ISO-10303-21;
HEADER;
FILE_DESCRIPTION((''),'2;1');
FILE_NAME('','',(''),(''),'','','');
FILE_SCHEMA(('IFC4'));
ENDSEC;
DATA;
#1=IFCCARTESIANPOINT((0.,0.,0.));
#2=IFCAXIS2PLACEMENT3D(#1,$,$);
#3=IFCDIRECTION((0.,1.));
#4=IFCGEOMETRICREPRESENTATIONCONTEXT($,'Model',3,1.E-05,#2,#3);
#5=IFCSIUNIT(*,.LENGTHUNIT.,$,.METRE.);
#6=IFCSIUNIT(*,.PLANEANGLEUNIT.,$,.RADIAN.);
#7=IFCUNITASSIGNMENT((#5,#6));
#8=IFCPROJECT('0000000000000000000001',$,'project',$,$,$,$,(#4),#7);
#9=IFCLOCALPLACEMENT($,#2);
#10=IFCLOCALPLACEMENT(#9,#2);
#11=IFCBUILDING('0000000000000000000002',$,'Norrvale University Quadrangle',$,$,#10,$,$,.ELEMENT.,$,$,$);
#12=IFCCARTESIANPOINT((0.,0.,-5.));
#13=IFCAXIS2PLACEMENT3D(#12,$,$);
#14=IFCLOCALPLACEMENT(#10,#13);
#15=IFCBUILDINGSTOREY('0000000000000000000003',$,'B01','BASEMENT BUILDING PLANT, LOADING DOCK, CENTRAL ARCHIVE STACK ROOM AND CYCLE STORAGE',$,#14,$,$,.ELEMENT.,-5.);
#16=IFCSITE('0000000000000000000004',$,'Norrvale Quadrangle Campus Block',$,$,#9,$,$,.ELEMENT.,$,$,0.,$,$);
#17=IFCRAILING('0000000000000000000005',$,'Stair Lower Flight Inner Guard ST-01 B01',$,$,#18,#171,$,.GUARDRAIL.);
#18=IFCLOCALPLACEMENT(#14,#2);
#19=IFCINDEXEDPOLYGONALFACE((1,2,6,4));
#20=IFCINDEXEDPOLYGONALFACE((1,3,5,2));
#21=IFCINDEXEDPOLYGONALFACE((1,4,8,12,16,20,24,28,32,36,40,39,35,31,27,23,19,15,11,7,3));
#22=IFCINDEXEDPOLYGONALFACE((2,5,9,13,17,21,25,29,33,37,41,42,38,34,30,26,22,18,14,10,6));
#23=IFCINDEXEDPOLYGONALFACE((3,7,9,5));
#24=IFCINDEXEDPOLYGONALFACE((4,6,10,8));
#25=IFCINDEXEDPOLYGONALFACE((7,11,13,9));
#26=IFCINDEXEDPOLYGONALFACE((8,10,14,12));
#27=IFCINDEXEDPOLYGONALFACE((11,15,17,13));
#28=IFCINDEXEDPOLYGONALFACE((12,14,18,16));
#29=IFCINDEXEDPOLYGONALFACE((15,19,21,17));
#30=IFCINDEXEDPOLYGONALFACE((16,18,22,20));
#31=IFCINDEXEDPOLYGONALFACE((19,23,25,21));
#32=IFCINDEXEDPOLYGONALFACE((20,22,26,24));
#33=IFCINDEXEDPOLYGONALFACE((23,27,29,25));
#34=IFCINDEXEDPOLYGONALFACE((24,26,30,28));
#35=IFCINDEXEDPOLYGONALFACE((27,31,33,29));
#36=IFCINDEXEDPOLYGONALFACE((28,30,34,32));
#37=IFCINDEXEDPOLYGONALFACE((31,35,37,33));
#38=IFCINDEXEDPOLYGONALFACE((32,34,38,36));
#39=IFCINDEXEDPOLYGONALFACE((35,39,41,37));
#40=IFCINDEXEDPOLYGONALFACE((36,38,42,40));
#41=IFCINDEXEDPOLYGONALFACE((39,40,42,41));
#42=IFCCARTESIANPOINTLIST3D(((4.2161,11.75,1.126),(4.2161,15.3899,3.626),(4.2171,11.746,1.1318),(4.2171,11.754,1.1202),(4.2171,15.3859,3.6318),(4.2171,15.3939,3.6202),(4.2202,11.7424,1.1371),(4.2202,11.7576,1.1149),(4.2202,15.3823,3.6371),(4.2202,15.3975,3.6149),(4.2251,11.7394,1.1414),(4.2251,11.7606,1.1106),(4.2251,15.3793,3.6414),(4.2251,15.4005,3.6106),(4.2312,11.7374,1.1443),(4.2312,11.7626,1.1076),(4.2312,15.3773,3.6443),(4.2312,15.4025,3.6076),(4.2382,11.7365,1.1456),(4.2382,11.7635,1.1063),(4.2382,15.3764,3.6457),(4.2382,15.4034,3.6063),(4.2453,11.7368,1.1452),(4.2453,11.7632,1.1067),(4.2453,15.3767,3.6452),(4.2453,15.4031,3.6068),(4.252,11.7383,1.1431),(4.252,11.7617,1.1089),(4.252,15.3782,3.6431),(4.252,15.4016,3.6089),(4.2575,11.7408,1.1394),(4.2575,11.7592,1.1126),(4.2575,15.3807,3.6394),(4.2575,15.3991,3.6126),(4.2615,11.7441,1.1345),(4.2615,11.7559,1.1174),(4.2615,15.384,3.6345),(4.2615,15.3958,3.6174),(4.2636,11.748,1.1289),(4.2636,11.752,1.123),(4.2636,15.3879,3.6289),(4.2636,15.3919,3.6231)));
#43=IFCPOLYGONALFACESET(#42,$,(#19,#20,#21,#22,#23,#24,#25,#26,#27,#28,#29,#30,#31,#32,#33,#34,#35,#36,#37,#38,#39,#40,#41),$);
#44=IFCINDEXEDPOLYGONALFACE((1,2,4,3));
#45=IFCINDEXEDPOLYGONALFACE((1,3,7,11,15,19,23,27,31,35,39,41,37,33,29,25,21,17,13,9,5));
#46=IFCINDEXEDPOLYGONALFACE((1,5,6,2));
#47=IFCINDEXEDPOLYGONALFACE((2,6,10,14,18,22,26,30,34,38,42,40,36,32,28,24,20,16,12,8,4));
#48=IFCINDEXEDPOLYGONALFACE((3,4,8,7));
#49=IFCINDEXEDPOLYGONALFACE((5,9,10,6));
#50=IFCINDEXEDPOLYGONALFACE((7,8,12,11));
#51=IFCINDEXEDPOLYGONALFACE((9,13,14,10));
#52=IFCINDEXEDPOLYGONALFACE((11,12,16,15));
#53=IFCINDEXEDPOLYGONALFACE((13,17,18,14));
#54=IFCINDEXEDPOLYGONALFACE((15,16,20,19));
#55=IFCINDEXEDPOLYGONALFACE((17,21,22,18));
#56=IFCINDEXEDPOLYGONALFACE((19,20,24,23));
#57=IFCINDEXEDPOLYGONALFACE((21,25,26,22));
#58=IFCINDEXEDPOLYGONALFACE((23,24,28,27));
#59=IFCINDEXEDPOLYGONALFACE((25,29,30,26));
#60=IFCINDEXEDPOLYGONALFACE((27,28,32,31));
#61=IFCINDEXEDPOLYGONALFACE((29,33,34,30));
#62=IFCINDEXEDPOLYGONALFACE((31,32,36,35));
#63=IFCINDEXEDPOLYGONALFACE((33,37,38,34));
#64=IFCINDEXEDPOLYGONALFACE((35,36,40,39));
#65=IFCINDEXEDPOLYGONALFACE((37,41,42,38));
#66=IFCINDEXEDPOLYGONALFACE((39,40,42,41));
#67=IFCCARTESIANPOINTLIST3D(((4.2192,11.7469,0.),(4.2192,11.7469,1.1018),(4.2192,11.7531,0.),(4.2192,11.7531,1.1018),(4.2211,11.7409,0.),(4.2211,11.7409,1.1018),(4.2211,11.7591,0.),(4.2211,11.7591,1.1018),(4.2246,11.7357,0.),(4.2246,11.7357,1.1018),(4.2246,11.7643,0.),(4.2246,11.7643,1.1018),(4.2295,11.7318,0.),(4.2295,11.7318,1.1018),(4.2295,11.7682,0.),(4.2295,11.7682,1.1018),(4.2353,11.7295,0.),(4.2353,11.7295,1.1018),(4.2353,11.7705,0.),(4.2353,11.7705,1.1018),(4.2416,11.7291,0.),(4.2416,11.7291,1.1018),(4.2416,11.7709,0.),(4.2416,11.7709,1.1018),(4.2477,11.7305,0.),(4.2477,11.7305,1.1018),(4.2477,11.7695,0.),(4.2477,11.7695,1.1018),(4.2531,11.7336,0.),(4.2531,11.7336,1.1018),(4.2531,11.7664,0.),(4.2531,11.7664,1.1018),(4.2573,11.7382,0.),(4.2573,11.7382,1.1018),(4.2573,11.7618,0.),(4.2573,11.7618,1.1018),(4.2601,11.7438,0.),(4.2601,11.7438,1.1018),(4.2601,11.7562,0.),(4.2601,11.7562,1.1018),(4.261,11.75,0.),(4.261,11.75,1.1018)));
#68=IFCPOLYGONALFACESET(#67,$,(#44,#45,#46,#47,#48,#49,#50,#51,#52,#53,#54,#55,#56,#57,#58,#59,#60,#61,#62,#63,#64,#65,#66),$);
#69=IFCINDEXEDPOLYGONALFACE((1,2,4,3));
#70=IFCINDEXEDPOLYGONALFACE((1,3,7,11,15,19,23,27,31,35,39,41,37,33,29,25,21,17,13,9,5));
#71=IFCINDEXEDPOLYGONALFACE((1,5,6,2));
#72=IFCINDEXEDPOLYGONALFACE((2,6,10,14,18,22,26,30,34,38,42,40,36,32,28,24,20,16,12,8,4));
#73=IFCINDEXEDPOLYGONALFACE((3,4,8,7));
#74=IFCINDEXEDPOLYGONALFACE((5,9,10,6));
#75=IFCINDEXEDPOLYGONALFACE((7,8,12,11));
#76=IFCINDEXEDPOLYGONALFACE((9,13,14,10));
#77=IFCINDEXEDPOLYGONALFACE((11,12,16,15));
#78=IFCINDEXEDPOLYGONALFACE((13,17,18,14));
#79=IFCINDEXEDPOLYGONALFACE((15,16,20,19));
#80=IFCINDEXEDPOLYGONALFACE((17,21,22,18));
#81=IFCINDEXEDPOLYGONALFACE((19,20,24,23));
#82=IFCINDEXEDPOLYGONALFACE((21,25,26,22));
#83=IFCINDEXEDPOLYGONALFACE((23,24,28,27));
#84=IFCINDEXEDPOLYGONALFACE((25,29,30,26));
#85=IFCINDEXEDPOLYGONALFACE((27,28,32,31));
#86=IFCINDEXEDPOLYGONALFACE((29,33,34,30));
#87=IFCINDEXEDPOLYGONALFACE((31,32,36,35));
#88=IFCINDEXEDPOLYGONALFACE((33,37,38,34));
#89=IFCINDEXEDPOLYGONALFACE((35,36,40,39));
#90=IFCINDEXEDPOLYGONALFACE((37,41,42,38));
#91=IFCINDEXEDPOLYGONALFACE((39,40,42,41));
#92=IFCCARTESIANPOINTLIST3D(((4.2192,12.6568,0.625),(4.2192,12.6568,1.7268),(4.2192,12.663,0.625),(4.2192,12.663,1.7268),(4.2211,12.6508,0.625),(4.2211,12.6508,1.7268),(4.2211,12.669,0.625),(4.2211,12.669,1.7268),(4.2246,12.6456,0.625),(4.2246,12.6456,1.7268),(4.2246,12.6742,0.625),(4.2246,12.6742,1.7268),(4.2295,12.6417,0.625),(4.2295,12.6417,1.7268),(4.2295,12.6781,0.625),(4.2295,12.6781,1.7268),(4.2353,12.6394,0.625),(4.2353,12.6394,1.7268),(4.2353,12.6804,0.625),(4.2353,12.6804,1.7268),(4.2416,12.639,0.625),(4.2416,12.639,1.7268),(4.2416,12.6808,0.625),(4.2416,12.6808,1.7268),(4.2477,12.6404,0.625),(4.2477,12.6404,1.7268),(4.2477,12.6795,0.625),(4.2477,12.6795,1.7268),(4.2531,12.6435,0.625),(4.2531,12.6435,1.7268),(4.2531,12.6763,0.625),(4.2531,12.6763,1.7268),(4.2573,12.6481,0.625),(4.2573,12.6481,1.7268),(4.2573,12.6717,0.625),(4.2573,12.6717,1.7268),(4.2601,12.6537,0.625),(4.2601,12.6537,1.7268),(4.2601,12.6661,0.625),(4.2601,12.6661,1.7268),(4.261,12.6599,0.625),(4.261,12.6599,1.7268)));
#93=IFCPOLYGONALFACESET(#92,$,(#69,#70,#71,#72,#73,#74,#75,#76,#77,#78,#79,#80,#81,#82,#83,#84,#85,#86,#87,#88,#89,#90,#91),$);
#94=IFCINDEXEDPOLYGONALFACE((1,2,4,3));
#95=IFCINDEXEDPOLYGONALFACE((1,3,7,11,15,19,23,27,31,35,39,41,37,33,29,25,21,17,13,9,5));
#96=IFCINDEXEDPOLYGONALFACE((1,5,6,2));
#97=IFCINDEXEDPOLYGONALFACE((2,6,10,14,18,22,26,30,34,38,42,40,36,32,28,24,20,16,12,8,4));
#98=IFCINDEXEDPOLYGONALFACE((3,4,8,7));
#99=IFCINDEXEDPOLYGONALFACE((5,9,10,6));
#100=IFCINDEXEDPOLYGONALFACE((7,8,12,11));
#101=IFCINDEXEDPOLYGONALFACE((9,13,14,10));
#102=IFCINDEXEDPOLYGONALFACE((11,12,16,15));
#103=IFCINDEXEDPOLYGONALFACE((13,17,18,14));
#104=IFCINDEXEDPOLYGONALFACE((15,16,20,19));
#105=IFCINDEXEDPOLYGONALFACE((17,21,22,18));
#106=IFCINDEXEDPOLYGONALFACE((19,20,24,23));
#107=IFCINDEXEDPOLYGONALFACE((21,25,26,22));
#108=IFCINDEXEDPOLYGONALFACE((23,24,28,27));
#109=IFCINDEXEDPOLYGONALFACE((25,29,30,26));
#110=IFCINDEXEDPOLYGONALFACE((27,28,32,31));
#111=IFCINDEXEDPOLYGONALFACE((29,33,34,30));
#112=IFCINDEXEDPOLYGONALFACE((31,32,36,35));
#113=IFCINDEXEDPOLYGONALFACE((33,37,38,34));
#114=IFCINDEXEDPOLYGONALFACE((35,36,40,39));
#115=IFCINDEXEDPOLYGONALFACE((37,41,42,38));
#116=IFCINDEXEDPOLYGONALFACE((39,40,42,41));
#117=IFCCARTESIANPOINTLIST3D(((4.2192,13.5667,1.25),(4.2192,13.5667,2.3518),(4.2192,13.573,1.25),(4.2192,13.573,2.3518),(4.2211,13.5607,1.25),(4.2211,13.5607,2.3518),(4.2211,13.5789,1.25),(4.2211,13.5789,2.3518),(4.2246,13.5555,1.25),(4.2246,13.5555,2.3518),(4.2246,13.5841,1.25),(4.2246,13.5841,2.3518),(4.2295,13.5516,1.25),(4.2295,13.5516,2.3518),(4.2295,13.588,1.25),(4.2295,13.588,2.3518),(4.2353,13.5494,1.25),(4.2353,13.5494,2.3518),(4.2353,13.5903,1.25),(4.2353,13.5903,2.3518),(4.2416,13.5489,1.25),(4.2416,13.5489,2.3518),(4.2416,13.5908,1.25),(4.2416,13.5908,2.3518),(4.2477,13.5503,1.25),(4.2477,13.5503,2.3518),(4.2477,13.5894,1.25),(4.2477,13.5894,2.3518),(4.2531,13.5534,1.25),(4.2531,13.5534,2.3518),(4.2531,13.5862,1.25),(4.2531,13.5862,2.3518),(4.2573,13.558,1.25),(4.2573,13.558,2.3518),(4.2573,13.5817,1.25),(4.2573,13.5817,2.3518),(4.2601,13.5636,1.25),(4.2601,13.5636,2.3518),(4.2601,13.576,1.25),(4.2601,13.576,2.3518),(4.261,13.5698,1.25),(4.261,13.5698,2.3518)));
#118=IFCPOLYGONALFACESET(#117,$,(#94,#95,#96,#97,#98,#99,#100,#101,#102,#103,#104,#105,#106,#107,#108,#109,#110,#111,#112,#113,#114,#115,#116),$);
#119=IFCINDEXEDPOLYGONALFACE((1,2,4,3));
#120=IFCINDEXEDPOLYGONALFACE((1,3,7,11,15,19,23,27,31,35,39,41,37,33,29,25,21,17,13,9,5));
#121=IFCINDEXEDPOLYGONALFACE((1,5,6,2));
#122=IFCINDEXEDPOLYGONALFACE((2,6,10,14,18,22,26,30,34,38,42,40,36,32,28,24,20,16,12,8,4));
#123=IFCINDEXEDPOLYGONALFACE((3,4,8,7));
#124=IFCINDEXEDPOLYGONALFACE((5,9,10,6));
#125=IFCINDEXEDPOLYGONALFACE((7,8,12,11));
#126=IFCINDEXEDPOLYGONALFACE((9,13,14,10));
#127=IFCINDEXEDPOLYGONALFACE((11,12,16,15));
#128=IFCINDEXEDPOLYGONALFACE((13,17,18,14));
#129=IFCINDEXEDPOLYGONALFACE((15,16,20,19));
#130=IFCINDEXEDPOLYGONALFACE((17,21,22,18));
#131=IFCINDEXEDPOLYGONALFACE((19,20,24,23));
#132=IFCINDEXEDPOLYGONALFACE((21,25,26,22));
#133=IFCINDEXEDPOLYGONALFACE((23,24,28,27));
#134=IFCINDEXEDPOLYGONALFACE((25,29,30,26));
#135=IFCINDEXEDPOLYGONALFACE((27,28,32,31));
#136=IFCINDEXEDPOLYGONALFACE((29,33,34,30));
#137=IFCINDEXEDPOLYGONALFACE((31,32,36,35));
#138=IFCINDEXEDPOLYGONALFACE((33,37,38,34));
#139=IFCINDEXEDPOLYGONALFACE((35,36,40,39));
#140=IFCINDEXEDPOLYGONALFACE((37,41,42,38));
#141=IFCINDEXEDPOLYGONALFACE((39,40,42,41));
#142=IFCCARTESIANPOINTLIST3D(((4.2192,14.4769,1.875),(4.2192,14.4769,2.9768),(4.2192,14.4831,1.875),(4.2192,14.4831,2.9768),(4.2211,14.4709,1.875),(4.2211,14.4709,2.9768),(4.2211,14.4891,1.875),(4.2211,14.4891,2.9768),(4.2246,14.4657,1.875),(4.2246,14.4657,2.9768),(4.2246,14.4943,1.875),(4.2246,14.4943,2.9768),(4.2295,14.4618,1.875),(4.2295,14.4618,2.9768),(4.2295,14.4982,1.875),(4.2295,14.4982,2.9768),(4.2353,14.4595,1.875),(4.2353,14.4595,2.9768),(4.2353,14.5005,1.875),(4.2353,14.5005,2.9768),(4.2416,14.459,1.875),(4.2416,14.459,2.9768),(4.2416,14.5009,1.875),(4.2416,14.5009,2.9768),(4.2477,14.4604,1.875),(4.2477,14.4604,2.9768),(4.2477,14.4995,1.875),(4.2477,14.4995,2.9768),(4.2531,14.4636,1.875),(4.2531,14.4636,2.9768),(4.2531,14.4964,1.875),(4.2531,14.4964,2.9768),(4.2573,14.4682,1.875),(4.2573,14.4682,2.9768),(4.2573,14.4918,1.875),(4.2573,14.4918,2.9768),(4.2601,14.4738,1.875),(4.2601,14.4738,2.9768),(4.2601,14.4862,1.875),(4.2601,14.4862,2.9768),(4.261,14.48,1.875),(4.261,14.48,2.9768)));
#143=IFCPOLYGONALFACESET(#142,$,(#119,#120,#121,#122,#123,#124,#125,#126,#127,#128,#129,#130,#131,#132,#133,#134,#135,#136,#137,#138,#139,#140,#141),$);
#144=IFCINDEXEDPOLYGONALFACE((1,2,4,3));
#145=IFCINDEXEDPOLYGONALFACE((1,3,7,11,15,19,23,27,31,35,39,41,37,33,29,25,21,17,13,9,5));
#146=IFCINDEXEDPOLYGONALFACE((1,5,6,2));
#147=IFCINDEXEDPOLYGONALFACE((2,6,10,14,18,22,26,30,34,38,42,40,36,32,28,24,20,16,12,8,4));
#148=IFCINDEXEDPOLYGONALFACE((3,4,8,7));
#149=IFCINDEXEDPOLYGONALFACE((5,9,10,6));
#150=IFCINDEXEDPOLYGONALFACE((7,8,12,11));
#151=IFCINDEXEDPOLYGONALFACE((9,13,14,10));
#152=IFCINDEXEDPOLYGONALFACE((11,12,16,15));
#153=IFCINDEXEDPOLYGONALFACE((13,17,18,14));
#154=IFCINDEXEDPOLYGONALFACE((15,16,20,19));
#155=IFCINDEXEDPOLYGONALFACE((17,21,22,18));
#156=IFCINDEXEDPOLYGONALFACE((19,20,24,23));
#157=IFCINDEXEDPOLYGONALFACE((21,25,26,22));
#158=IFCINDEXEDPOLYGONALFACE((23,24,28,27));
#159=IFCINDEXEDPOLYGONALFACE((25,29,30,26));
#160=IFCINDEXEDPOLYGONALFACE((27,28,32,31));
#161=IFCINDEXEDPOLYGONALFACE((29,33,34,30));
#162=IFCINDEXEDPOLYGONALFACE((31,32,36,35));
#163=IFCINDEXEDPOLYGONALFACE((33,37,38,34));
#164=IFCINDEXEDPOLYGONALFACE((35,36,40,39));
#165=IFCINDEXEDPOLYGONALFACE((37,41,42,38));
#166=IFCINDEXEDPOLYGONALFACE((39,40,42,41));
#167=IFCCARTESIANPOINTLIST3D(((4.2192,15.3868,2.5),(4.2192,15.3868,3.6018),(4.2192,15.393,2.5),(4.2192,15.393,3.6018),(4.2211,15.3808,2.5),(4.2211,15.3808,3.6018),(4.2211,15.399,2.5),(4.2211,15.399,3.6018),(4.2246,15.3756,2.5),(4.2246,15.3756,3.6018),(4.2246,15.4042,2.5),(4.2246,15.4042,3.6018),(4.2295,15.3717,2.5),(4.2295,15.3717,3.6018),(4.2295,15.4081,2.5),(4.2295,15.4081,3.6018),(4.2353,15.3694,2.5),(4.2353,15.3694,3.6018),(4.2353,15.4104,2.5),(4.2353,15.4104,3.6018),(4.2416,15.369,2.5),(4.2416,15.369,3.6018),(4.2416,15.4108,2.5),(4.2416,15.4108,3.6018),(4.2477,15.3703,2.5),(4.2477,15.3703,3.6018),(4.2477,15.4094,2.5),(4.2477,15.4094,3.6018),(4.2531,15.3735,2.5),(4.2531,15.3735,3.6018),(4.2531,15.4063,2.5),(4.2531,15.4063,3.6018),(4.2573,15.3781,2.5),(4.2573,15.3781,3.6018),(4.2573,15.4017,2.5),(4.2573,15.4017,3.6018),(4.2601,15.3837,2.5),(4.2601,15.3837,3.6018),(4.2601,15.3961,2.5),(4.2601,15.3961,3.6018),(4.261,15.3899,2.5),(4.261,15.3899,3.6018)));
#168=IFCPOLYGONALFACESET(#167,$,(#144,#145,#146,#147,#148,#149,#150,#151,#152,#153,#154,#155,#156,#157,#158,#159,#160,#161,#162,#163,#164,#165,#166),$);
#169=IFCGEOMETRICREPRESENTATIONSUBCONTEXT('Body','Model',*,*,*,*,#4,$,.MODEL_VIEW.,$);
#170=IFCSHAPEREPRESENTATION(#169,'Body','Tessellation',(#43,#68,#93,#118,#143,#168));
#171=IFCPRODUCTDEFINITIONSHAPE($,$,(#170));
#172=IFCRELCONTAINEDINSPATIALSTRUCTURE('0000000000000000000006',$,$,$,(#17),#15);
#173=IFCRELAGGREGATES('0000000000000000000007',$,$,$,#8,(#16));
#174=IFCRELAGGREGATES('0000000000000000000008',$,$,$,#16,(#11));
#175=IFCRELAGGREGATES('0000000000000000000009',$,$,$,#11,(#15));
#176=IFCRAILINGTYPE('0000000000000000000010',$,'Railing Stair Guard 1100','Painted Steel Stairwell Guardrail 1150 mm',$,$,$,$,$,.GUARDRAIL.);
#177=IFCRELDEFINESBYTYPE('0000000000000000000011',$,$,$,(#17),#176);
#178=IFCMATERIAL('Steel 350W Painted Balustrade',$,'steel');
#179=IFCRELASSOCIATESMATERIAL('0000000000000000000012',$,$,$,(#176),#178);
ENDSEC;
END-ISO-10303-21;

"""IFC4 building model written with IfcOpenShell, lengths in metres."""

from ifc_helpers import new_model, si_unit, direction, frame, origin, origin_2d, place, context, subcontext, project, spatial, circle, extrude, material, type_object, element, save


model = new_model("IFC4")

# Units and contexts
model_context = context("Model", 3, precision=1e-05, world=origin(), true_north=direction((0.0, 1.0)))
body_context = subcontext(model_context, "Body", "Model", "MODEL_VIEW")
ifc_project = project(units=[si_unit("LENGTHUNIT", "METRE"), si_unit("PLANEANGLEUNIT", "RADIAN")], contexts=[model_context])

# Site, building, storey
site_placement = place(None, origin())
site = spatial("IfcSite", under=ifc_project, at=site_placement, Name="Norrvale Quadrangle Campus Block", CompositionType="ELEMENT", RefElevation=0.0)
building_placement = place(site_placement, origin())
building = spatial("IfcBuilding", under=site, at=building_placement, Name="Norrvale University Quadrangle", CompositionType="ELEMENT")
storey_placement = place(building_placement, frame((0.0, 0.0, -5.0)))
storey = spatial("IfcBuildingStorey", under=building, at=storey_placement, Name="B01", Description="BASEMENT BUILDING PLANT, LOADING DOCK, CENTRAL ARCHIVE STACK ROOM AND CYCLE STORAGE", CompositionType="ELEMENT", Elevation=-5.0)

# Railing
ifc_material_1 = material(Name="Steel 350W Painted Balustrade", Category="steel")
railing_type_1 = type_object("IfcRailingType", Name="Railing Stair Guard 1100", Description="Painted Steel Stairwell Guardrail 1150 mm", PredefinedType="GUARDRAIL", material=ifc_material_1)
railing_1_placement = place(storey_placement, frame((4.24, 11.75, 0.0)))
element("IfcRailing", 1, at=railing_1_placement, inside=storey, type_object=railing_type_1, Name="Stair Lower Flight Inner Guard ST-01 B01", PredefinedType="GUARDRAIL", context=body_context, shape_type="SweptSolid", body=[
    extrude(circle(Radius=0.0239, at=origin_2d()), frame((0.0, 0.0, 1.126), z_axis=(0.0, 0.824298, 0.566156), x_axis=(-1.0, 0.0, 0.0)), (0.0, 0.0, 1.0), 4.4158),
    extrude(circle(Radius=0.021, at=origin_2d()), origin(), (0.0, 0.0, 1.0), 1.1018),
    extrude(circle(Radius=0.021, at=origin_2d()), frame((0.0, 0.9099, 0.625)), (0.0, 0.0, 1.0), 1.1018),
    extrude(circle(Radius=0.021, at=origin_2d()), frame((0.0, 1.8198, 1.25)), (0.0, 0.0, 1.0), 1.1018),
    extrude(circle(Radius=0.021, at=origin_2d()), frame((0.0, 2.73, 1.875)), (0.0, 0.0, 1.0), 1.1018),
    extrude(circle(Radius=0.021, at=origin_2d()), frame((0.0, 3.6399, 2.5)), (0.0, 0.0, 1.0), 1.1018),
])

save(model, "model.ifc")
